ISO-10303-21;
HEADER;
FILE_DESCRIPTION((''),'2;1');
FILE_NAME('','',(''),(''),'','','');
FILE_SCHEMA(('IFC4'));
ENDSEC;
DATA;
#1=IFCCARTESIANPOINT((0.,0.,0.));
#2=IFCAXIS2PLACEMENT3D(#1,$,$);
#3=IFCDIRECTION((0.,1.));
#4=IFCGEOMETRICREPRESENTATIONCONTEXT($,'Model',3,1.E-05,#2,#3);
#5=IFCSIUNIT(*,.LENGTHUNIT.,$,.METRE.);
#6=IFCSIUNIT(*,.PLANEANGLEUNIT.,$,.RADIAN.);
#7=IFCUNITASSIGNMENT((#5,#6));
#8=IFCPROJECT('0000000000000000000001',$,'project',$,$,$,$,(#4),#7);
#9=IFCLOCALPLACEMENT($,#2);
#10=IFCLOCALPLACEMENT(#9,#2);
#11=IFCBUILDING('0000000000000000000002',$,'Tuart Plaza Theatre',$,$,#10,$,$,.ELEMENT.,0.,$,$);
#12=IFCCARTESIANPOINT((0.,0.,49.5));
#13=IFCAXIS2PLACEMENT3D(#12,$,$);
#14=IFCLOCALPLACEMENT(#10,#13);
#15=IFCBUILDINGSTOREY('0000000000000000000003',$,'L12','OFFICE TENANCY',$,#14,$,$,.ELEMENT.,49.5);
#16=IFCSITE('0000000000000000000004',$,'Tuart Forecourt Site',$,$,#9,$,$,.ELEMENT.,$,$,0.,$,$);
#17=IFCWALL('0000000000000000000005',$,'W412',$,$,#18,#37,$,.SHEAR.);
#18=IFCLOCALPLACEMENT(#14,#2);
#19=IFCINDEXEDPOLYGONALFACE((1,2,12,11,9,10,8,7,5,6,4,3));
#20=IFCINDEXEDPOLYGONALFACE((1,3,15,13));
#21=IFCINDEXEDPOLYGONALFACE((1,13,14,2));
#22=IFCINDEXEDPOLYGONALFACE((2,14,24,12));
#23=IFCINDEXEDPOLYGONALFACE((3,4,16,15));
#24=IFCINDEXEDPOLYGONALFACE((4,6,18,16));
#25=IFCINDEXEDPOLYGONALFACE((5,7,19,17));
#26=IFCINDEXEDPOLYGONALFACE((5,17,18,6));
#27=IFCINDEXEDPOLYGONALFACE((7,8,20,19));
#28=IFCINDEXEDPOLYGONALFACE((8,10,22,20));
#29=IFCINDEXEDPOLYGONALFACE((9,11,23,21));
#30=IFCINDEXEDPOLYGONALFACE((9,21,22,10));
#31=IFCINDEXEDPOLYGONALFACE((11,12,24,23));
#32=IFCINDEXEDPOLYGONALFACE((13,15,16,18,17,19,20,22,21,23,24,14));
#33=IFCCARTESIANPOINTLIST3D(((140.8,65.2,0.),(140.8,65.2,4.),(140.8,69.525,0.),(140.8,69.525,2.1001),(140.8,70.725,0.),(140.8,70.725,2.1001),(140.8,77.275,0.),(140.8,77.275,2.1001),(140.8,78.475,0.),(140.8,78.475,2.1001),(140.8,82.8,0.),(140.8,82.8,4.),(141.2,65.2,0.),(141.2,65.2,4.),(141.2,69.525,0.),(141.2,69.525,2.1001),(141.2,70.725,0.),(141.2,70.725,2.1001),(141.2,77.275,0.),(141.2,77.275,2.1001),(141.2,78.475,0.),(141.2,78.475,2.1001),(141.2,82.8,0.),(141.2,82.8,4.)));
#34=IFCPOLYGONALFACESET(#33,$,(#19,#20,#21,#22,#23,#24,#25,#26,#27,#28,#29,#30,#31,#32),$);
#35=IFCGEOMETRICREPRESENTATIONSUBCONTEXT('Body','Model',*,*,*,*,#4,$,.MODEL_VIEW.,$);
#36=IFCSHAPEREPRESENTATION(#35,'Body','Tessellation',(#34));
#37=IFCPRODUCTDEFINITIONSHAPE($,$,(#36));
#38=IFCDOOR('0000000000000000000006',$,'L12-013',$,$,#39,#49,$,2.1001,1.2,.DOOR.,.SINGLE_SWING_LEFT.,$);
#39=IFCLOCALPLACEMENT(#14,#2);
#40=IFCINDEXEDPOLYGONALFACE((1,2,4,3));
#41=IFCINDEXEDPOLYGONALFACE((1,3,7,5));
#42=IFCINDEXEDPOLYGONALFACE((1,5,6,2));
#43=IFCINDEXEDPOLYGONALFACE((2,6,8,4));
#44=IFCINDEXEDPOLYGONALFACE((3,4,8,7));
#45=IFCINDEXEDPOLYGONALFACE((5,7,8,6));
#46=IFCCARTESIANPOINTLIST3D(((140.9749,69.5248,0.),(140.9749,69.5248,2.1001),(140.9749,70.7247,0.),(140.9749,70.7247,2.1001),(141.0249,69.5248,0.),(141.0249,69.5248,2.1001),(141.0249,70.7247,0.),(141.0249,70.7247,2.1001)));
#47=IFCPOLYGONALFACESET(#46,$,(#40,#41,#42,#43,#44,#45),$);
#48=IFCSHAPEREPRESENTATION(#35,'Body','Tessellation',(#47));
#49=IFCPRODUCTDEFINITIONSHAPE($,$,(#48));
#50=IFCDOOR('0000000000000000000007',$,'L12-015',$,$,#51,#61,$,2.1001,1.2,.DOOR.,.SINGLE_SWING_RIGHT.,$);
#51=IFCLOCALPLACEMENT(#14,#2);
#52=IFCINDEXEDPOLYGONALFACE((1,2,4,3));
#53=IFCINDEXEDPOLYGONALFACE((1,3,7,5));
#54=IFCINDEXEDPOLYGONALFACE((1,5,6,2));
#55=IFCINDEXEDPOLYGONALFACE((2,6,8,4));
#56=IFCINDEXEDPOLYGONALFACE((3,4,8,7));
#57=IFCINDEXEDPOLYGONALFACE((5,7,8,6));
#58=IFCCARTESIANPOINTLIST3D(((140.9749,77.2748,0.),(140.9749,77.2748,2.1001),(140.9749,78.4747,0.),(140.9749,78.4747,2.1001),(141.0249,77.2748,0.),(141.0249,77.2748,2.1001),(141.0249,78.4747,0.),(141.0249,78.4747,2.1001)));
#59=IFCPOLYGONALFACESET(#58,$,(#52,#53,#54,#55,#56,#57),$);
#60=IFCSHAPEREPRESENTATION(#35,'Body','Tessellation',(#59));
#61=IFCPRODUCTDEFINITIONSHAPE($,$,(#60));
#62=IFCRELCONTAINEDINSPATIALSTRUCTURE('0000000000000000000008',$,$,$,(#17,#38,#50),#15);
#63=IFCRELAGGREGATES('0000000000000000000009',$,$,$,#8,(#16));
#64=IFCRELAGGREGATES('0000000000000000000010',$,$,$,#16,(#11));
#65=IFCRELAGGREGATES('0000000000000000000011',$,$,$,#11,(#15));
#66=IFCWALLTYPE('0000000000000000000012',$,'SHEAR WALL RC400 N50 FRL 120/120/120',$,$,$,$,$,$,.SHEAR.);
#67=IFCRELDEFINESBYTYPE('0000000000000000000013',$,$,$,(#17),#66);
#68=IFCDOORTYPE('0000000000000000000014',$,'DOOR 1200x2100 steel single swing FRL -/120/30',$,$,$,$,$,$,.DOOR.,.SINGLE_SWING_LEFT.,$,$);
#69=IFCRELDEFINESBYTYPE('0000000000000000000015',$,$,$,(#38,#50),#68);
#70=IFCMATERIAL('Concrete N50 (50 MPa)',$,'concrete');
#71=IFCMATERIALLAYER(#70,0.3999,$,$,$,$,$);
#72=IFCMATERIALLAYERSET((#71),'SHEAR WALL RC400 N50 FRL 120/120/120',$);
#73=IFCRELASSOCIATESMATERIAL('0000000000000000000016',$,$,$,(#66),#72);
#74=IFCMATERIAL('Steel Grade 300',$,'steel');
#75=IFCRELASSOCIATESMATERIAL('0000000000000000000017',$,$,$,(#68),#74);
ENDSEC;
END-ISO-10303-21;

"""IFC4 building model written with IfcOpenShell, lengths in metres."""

from ifc_helpers import new_model, si_unit, direction, frame, frame_2d, origin, place, context, subcontext, project, spatial, rectangle, extrude, material, layer, layer_set, type_object, element, fill, save


model = new_model("IFC4")

# Units and contexts
model_context = context("Model", 3, precision=1e-05, world=origin(), true_north=direction((0.0, 1.0)))
body_context = subcontext(model_context, "Body", "Model", "MODEL_VIEW")
ifc_project = project(units=[si_unit("LENGTHUNIT", "METRE"), si_unit("PLANEANGLEUNIT", "RADIAN")], contexts=[model_context])

# Site, building, storey
site_placement = place(None, origin())
site = spatial("IfcSite", under=ifc_project, at=site_placement, Name="Tuart Forecourt Site", CompositionType="ELEMENT", RefElevation=0.0)
building_placement = place(site_placement, origin())
building = spatial("IfcBuilding", under=site, at=building_placement, Name="Tuart Plaza Theatre", CompositionType="ELEMENT", ElevationOfRefHeight=0.0)
storey_placement = place(building_placement, frame((0.0, 0.0, 49.5)))
storey = spatial("IfcBuildingStorey", under=building, at=storey_placement, Name="L12", Description="OFFICE TENANCY", CompositionType="ELEMENT", Elevation=49.5)

# Wall, openings, doors
ifc_material_1 = material(Name="Concrete N50 (50 MPa)", Category="concrete")
ifc_layer_1 = layer(ifc_material_1, 0.3999)
ifc_layer_set_1 = layer_set([ifc_layer_1], Name="SHEAR WALL RC400 N50 FRL 120/120/120")
wall_type_1 = type_object("IfcWallType", Name="SHEAR WALL RC400 N50 FRL 120/120/120", PredefinedType="SHEAR", material=ifc_layer_set_1)
wall_1_placement = place(storey_placement, frame((141.0, 65.2, 0.0), z_axis=(0.0, 0.0, 1.0), x_axis=(0.0, 1.0, 0.0)))
wall_1 = element("IfcWall", 1, at=wall_1_placement, inside=storey, type_object=wall_type_1, Name="W412", PredefinedType="SHEAR", context=body_context, shape_type="SweptSolid", body=[
    extrude(rectangle(XDim=17.6001, YDim=0.3999, at=frame_2d((8.8, 0.0))), origin(), (0.0, 0.0, 1.0), 4.0),
])
opening_1_placement = place(wall_1_placement, frame((4.325, 0.0, 0.0)))
opening_1 = element("IfcOpeningElement", 2, at=opening_1_placement, cuts=wall_1, PredefinedType="OPENING", context=body_context, shape_type="SweptSolid", body=[
    extrude(rectangle(XDim=1.2, YDim=2.1001, at=frame_2d((0.6001, 1.05))), frame((0.0, 0.21, 0.0), z_axis=(0.0, -1.0, 0.0), x_axis=(1.0, 0.0, 0.0)), (0.0, 0.0, 1.0), 0.4199),
])
opening_2_placement = place(wall_1_placement, frame((12.075, 0.0, 0.0)))
opening_2 = element("IfcOpeningElement", 3, at=opening_2_placement, cuts=wall_1, PredefinedType="OPENING", context=body_context, shape_type="SweptSolid", body=[
    extrude(rectangle(XDim=1.2, YDim=2.1001, at=frame_2d((0.6001, 1.05))), frame((0.0, 0.21, 0.0), z_axis=(0.0, -1.0, 0.0), x_axis=(1.0, 0.0, 0.0)), (0.0, 0.0, 1.0), 0.4199),
])
ifc_material_2 = material(Name="Steel Grade 300", Category="steel")
door_type_1 = type_object("IfcDoorType", Name="DOOR 1200x2100 steel single swing FRL -/120/30", OperationType="SINGLE_SWING_LEFT", PredefinedType="DOOR", material=ifc_material_2)
door_1_placement = place(opening_1_placement, frame((1.2, 0.0, 0.0), z_axis=(0.0, 0.0, 1.0), x_axis=(-1.0, 0.0, 0.0)))
door_1 = element("IfcDoor", 4, at=door_1_placement, inside=storey, type_object=door_type_1, Name="L12-013", OperationType="SINGLE_SWING_LEFT", OverallHeight=2.1001, OverallWidth=1.2, PredefinedType="DOOR", context=body_context, shape_type="SweptSolid", body=[
    extrude(rectangle(XDim=1.2, YDim=2.1001, at=frame_2d((0.6001, 1.05))), frame((0.0, 0.0249, 0.0), z_axis=(0.0, -1.0, 0.0), x_axis=(1.0, 0.0, 0.0)), (0.0, 0.0, 1.0), 0.05),
])
fill(opening_1, door_1)
door_2_placement = place(opening_2_placement, frame((1.2, 0.0, 0.0), z_axis=(0.0, 0.0, 1.0), x_axis=(-1.0, 0.0, 0.0)))
door_2 = element("IfcDoor", 5, at=door_2_placement, inside=storey, type_object=door_type_1, Name="L12-015", OperationType="SINGLE_SWING_RIGHT", OverallHeight=2.1001, OverallWidth=1.2, PredefinedType="DOOR", context=body_context, shape_type="SweptSolid", body=[
    extrude(rectangle(XDim=1.2, YDim=2.1001, at=frame_2d((0.6001, 1.05))), frame((0.0, 0.0249, 0.0), z_axis=(0.0, -1.0, 0.0), x_axis=(1.0, 0.0, 0.0)), (0.0, 0.0, 1.0), 0.05),
])
fill(opening_2, door_2)

save(model, "model.ifc")
